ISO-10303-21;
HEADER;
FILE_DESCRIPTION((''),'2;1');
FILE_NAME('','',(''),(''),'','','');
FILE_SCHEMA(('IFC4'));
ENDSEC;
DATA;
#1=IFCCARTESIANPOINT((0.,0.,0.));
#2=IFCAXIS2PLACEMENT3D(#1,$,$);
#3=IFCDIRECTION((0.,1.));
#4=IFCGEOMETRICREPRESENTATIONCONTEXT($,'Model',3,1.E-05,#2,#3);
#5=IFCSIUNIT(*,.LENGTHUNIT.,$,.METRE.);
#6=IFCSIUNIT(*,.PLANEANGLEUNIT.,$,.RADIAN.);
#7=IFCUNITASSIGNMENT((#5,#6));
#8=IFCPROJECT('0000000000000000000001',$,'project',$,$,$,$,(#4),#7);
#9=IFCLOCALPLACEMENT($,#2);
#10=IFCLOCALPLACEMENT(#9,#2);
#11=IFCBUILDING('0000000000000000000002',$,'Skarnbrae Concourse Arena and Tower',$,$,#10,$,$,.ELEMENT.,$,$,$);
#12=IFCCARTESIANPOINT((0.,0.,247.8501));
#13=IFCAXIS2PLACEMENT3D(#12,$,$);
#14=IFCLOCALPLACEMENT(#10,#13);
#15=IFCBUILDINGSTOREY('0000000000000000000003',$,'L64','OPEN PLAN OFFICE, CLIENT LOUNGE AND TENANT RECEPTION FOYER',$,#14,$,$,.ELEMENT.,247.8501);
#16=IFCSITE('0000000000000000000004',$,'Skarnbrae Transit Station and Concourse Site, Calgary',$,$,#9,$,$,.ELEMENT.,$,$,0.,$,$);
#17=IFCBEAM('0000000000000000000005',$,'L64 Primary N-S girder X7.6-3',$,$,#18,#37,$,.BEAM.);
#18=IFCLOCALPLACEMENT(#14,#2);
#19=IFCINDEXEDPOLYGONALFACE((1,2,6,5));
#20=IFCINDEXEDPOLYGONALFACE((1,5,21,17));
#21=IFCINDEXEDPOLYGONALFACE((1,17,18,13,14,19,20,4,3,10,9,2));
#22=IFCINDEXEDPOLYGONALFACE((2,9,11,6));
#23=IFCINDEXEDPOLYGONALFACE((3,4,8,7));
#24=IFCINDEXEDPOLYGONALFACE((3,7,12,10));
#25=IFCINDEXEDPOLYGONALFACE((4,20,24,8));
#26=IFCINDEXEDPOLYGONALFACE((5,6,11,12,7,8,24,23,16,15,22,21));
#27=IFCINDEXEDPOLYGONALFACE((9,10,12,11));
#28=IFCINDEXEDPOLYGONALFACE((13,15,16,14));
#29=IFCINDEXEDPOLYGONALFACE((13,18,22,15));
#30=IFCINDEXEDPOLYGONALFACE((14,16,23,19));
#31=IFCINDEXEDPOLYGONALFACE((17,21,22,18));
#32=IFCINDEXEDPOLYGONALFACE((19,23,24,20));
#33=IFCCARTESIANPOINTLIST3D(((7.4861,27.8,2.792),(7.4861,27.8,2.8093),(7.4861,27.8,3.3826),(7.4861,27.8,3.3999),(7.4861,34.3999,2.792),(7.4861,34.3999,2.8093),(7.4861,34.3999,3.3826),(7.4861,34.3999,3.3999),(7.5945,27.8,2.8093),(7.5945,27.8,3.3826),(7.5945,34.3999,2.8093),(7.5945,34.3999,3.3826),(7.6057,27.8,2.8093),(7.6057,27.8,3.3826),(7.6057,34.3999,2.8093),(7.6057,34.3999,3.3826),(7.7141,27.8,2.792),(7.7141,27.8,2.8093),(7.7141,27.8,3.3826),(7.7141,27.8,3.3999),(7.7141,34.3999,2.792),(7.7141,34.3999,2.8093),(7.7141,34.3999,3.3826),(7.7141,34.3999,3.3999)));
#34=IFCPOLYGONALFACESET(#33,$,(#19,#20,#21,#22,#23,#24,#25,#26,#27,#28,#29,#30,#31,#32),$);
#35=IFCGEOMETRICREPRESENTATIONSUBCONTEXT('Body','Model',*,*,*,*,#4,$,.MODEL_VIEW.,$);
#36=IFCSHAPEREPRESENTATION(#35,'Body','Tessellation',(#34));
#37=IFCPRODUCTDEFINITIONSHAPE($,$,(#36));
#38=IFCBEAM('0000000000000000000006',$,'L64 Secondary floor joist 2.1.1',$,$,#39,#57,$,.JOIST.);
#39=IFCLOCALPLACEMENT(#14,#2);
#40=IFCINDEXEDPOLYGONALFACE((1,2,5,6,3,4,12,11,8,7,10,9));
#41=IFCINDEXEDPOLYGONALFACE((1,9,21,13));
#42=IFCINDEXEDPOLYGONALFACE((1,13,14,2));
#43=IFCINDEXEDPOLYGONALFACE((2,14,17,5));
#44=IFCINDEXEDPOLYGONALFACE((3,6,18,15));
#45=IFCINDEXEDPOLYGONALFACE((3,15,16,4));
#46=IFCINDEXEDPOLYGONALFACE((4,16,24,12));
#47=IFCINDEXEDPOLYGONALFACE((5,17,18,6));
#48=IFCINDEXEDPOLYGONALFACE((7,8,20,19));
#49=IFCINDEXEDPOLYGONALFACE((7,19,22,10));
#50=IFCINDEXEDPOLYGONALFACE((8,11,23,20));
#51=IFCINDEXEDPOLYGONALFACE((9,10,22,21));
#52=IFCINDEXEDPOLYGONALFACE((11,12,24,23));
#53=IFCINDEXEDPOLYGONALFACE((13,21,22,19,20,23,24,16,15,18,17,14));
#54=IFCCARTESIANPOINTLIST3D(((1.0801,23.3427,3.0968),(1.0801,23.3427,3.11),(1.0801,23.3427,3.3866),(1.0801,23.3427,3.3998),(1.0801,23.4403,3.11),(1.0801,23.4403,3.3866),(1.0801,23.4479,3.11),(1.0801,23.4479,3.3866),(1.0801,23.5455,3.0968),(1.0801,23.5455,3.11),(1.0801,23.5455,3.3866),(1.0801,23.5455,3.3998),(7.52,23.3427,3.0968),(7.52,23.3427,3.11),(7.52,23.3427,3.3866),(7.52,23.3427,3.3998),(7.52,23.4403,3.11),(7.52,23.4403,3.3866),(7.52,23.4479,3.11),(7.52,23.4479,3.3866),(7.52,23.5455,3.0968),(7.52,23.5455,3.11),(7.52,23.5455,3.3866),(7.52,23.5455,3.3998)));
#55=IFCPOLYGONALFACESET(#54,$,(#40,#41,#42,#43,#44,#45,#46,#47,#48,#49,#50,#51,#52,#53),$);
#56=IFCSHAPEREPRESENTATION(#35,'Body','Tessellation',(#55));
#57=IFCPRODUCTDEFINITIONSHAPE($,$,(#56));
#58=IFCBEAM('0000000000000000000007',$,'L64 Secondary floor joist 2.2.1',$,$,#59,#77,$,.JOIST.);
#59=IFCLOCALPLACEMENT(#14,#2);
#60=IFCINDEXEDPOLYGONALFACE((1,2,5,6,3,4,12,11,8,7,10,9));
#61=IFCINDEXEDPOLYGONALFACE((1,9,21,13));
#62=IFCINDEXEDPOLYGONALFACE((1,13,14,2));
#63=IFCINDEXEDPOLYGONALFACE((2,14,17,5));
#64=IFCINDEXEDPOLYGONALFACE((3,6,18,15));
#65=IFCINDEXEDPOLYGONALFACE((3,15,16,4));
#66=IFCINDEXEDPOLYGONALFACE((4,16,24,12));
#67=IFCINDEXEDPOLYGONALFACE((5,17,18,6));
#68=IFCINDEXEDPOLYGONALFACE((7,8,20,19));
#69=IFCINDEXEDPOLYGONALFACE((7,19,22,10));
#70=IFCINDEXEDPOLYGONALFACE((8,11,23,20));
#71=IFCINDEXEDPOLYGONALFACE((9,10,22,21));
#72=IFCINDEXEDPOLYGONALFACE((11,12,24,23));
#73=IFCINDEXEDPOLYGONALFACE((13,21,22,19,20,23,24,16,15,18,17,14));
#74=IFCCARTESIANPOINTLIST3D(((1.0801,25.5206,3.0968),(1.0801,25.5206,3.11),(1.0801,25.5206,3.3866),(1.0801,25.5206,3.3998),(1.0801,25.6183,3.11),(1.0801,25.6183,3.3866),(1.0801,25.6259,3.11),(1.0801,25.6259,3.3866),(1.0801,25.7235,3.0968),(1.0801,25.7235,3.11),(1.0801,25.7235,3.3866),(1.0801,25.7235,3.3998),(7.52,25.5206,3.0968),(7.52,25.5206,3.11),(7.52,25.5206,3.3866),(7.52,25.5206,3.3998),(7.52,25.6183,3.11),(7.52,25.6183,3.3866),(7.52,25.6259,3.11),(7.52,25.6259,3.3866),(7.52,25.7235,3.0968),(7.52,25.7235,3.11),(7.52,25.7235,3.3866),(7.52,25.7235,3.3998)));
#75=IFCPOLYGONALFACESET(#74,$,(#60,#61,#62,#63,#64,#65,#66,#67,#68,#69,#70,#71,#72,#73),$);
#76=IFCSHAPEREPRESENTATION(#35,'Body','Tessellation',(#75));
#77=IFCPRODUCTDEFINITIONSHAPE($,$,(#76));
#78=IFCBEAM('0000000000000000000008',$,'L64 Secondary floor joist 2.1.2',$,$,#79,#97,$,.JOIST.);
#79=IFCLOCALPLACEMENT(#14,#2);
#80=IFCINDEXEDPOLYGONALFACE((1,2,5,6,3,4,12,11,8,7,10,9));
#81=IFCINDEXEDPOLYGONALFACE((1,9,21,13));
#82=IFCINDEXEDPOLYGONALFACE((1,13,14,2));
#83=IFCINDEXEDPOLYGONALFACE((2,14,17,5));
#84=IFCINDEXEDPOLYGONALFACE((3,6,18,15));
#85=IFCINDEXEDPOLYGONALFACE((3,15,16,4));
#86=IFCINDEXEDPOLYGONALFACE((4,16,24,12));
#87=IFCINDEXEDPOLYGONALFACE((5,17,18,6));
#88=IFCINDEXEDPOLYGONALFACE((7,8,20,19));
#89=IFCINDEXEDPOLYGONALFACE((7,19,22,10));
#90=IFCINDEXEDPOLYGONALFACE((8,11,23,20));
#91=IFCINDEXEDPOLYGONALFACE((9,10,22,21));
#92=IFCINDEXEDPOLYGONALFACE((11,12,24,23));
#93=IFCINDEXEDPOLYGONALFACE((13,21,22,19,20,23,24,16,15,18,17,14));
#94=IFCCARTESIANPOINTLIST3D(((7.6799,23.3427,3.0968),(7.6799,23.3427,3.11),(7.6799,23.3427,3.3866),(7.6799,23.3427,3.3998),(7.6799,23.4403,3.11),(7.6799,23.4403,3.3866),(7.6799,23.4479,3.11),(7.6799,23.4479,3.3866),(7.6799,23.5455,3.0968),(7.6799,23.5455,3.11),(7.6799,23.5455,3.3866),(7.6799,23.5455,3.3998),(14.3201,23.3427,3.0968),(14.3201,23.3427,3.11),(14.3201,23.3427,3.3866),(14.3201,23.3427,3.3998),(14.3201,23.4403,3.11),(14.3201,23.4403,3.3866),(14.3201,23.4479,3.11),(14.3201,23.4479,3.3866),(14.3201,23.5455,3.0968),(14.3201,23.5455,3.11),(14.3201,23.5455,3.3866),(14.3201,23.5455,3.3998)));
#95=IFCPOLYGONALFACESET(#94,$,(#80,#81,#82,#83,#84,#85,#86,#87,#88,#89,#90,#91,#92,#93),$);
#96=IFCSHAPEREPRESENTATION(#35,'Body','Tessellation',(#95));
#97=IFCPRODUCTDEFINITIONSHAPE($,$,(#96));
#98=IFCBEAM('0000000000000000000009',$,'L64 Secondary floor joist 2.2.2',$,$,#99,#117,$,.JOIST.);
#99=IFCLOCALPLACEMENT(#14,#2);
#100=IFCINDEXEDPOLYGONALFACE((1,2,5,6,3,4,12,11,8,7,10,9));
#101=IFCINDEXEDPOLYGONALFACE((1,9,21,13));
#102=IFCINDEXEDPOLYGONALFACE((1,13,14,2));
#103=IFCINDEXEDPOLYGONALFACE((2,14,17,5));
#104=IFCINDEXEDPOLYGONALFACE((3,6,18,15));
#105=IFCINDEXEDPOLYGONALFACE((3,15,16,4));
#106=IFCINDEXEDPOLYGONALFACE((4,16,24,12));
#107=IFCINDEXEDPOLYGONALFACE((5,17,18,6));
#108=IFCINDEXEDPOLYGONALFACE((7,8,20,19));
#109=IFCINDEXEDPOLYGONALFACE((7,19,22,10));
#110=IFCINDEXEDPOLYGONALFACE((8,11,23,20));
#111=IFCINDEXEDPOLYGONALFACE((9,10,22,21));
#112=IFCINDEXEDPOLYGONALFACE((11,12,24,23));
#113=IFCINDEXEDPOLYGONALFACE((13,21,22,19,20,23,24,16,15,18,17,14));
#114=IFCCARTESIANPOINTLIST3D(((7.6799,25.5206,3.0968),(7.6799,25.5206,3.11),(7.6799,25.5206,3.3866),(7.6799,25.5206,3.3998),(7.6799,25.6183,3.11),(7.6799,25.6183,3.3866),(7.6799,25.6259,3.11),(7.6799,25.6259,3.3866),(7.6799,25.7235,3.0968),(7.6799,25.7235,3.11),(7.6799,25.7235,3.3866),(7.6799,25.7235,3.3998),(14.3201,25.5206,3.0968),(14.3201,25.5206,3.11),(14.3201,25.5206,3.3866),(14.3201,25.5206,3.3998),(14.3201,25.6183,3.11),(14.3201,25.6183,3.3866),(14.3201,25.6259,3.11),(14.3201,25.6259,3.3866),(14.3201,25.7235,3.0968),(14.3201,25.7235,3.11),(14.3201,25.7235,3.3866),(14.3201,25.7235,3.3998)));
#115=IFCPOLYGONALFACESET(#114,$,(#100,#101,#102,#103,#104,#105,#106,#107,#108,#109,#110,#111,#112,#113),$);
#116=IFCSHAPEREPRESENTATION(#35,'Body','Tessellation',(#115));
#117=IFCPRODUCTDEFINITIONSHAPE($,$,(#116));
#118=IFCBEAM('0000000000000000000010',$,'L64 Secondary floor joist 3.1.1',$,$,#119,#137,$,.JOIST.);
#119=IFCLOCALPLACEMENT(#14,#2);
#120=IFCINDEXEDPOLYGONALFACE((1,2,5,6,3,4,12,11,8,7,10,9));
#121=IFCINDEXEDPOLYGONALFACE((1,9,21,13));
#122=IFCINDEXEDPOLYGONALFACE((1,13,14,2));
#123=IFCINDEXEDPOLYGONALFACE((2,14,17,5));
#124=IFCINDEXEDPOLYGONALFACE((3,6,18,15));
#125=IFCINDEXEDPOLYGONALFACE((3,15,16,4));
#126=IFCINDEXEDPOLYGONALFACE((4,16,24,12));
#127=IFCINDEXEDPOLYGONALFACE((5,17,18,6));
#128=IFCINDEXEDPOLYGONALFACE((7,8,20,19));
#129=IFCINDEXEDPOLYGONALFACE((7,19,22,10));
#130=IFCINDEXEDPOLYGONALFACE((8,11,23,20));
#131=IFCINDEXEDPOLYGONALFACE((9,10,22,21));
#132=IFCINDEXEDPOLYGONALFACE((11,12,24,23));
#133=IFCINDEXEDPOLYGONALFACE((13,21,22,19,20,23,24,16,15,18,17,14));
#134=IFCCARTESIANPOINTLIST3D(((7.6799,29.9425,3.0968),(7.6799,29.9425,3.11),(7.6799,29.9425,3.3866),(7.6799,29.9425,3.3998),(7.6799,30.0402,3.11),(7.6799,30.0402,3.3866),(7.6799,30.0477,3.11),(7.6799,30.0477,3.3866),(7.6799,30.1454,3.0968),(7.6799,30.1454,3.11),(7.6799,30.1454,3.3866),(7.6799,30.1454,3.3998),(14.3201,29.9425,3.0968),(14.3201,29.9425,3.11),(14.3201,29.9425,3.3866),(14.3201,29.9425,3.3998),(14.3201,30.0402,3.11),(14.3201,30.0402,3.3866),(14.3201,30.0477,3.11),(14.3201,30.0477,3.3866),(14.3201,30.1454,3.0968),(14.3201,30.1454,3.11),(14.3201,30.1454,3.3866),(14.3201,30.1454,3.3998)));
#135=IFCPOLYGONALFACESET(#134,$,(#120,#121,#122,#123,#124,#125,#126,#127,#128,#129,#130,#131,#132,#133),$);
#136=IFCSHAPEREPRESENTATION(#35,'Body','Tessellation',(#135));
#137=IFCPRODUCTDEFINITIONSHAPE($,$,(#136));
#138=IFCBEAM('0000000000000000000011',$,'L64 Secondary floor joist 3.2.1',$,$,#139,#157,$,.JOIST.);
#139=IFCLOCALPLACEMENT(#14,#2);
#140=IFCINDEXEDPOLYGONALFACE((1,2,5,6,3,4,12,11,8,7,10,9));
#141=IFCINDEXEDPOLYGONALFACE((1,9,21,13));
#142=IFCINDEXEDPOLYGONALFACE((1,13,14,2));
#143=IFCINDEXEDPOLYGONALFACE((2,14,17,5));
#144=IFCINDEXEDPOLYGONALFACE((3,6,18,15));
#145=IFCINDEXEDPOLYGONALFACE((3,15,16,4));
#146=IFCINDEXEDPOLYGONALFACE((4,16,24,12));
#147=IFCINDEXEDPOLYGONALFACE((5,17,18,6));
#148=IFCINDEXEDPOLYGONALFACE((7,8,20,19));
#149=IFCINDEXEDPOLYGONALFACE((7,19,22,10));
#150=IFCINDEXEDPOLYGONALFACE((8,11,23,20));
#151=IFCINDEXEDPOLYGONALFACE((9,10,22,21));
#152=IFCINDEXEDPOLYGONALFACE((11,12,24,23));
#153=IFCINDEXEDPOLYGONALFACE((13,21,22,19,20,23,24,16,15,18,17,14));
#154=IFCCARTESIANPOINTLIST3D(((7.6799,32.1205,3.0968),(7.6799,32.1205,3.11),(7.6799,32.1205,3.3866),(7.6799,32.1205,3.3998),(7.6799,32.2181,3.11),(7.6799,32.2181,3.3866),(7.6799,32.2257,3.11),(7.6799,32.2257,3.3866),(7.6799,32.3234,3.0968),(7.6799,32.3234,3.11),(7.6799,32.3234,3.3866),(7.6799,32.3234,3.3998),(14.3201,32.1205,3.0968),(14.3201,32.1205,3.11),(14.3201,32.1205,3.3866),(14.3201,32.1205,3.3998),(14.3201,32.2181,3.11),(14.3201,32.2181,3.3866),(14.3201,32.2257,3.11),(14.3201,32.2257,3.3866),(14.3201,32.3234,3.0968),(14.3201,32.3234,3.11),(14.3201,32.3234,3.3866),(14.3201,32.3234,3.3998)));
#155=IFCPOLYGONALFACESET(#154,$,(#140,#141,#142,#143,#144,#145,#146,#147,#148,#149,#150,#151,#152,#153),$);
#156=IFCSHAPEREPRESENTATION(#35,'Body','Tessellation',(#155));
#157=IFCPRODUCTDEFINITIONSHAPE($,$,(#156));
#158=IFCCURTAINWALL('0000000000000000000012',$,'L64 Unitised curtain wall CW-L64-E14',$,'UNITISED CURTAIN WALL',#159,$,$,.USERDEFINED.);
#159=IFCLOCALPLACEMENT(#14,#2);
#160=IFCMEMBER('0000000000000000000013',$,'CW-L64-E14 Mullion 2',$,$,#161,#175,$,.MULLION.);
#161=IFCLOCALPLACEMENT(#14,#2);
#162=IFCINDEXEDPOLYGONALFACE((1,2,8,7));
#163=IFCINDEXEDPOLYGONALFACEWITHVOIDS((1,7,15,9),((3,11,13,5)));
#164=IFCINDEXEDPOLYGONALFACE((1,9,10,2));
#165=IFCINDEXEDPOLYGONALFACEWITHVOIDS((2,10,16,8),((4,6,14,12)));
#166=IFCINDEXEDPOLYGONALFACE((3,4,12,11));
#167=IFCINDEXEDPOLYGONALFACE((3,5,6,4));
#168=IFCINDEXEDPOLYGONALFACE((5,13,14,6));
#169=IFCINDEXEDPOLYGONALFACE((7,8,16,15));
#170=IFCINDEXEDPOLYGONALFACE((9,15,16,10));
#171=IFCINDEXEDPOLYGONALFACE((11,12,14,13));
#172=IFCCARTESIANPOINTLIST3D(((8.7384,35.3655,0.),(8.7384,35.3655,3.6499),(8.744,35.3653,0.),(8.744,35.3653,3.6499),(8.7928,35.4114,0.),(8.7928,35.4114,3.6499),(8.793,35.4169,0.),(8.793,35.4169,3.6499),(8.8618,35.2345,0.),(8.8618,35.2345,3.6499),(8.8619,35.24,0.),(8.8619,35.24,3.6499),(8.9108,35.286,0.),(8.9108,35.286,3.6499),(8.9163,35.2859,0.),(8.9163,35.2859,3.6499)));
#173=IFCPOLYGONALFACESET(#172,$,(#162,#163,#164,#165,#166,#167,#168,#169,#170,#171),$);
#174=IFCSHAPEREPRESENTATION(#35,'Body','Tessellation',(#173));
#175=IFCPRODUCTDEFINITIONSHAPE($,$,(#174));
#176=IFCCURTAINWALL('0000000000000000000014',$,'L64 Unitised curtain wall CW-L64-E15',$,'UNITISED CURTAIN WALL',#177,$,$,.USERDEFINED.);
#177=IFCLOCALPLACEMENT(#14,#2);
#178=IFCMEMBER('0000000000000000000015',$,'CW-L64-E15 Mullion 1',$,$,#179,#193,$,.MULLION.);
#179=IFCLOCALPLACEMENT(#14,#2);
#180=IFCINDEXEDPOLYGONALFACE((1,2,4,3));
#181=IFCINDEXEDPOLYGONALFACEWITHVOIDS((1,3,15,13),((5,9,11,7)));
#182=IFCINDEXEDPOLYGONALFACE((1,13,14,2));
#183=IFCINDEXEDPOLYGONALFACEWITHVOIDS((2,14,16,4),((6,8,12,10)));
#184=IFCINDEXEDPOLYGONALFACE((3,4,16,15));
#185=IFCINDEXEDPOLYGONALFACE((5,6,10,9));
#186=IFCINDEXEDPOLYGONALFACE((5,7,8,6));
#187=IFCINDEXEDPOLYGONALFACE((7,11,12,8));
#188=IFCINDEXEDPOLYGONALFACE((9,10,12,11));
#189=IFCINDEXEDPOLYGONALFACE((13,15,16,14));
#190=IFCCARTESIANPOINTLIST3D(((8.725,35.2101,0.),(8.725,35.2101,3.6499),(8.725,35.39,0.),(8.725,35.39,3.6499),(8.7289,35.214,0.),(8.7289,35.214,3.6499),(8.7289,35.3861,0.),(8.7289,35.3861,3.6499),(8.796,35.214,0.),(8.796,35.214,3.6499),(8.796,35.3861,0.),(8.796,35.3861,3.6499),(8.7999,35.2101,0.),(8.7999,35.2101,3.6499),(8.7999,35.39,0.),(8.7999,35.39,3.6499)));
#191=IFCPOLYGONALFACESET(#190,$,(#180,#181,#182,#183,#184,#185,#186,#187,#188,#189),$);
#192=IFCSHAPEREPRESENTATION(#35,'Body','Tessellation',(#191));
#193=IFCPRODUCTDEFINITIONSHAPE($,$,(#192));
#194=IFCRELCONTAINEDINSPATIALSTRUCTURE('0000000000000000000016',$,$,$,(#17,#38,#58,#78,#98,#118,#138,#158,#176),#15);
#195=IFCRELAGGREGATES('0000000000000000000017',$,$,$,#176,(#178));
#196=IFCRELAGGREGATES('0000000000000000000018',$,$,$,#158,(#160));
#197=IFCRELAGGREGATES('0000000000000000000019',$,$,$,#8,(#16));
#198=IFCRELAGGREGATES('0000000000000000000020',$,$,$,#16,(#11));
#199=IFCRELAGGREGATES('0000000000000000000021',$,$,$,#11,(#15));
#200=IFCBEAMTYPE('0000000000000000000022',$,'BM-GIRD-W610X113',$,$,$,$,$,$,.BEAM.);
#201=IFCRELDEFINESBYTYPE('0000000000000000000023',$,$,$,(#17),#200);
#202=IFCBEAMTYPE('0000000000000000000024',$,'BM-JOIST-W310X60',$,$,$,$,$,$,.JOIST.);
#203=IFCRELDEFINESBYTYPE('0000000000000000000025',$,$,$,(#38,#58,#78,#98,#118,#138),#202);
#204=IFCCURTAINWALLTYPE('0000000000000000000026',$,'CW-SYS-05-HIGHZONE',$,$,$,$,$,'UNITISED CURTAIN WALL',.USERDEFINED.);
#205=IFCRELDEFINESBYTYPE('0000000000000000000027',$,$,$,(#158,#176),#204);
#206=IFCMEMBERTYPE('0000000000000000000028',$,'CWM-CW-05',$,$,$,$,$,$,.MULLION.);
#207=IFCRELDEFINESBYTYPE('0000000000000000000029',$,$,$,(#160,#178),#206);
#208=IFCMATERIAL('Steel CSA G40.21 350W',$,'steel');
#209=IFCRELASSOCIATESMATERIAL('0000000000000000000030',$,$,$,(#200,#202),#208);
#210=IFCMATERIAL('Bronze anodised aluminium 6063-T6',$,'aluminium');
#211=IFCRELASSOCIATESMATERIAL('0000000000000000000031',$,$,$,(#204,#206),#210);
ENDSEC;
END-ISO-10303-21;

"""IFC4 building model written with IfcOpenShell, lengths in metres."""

from ifc_helpers import new_model, si_unit, direction, frame, origin, origin_2d, place, context, subcontext, project, spatial, hollow_rectangle, i_section, extrude, source, transform, mapped, material, material_profile, profile_set, type_object, element, aggregate, save


model = new_model("IFC4")

# Units and contexts
model_context = context("Model", 3, precision=1e-05, world=origin(), true_north=direction((0.0, 1.0)))
body_context = subcontext(model_context, "Body", "Model", "MODEL_VIEW")
ifc_project = project(units=[si_unit("LENGTHUNIT", "METRE"), si_unit("PLANEANGLEUNIT", "RADIAN")], contexts=[model_context])

# Site, building, storey
site_placement = place(None, origin())
site = spatial("IfcSite", under=ifc_project, at=site_placement, Name="Skarnbrae Transit Station and Concourse Site, Calgary", CompositionType="ELEMENT", RefElevation=0.0)
building_placement = place(site_placement, origin())
building = spatial("IfcBuilding", under=site, at=building_placement, Name="Skarnbrae Concourse Arena and Tower", CompositionType="ELEMENT")
storey_placement = place(building_placement, frame((0.0, 0.0, 247.8501)))
storey = spatial("IfcBuildingStorey", under=building, at=storey_placement, Name="L64", Description="OPEN PLAN OFFICE, CLIENT LOUNGE AND TENANT RECEPTION FOYER", CompositionType="ELEMENT", Elevation=247.8501)

# Shared definitions
ifc_material_1 = material(Name="Steel CSA G40.21 350W", Category="steel")

# Beams
ifc_material_profile_1 = material_profile(ifc_material_1, i_section(OverallWidth=0.228, OverallDepth=0.6079, WebThickness=0.0112, FlangeThickness=0.0173, at=origin_2d()), Name="W610X113")
ifc_profile_set_1 = profile_set([ifc_material_profile_1], Name="Steel CSA G40.21 350W")
beam_type_1 = type_object("IfcBeamType", Name="BM-GIRD-W610X113", PredefinedType="BEAM", material=ifc_profile_set_1)
shared_shape_1 = source(origin(), body_context, "Body", "SweptSolid", [
    extrude(i_section(OverallWidth=0.228, OverallDepth=0.6079, WebThickness=0.0112, FlangeThickness=0.0173, at=origin_2d()), origin(), (0.0, 0.0, 1.0), 6.5999),
])
beam_1_placement = place(storey_placement, frame((7.6001, 27.8, 3.0959), z_axis=(0.0, 1.0, 0.0), x_axis=(-1.0, 0.0, 0.0)))
element("IfcBeam", 1, at=beam_1_placement, inside=storey, type_object=beam_type_1, Name="L64 Primary N-S girder X7.6-3", PredefinedType="BEAM", context=body_context, shape_type="MappedRepresentation", body=[
    mapped(shared_shape_1, transform((0.0, 0.0, 0.0))),
])
ifc_material_profile_2 = material_profile(ifc_material_1, i_section(OverallWidth=0.2029, OverallDepth=0.303, WebThickness=0.0076, FlangeThickness=0.0132, at=origin_2d()), Name="W310X60")
ifc_profile_set_2 = profile_set([ifc_material_profile_2], Name="Steel CSA G40.21 350W")
beam_type_2 = type_object("IfcBeamType", Name="BM-JOIST-W310X60", PredefinedType="JOIST", material=ifc_profile_set_2)
shared_shape_2 = source(origin(), body_context, "Body", "SweptSolid", [
    extrude(i_section(OverallWidth=0.2029, OverallDepth=0.303, WebThickness=0.0076, FlangeThickness=0.0132, at=origin_2d()), origin(), (0.0, 0.0, 1.0), 6.4399),
])
for number, where, z_axis, x_axis, name in (
    (2, (1.0801, 23.4441, 3.2483), (1.0, 0.0, 0.0), (0.0, 1.0, 0.0), "L64 Secondary floor joist 2.1.1"),
    (3, (1.0801, 25.6221, 3.2483), (1.0, 0.0, 0.0), (0.0, 1.0, 0.0), "L64 Secondary floor joist 2.2.1"),
):
    element("IfcBeam", number, at=place(storey_placement, frame(where, z_axis=z_axis, x_axis=x_axis)), inside=storey, type_object=beam_type_2, Name=name, PredefinedType="JOIST", context=body_context, shape_type="MappedRepresentation", body=[
        mapped(shared_shape_2, transform((0.0, 0.0, 0.0))),
    ])
shared_shape_3 = source(origin(), body_context, "Body", "SweptSolid", [
    extrude(i_section(OverallWidth=0.2029, OverallDepth=0.303, WebThickness=0.0076, FlangeThickness=0.0132, at=origin_2d()), origin(), (0.0, 0.0, 1.0), 6.6401),
])
for number, where, z_axis, x_axis, name in (
    (4, (7.6799, 23.4441, 3.2483), (1.0, 0.0, 0.0), (0.0, 1.0, 0.0), "L64 Secondary floor joist 2.1.2"),
    (5, (7.6799, 25.6221, 3.2483), (1.0, 0.0, 0.0), (0.0, 1.0, 0.0), "L64 Secondary floor joist 2.2.2"),
    (6, (7.6799, 30.0439, 3.2483), (1.0, 0.0, 0.0), (0.0, 1.0, 0.0), "L64 Secondary floor joist 3.1.1"),
    (7, (7.6799, 32.2219, 3.2483), (1.0, 0.0, 0.0), (0.0, 1.0, 0.0), "L64 Secondary floor joist 3.2.1"),
):
    element("IfcBeam", number, at=place(storey_placement, frame(where, z_axis=z_axis, x_axis=x_axis)), inside=storey, type_object=beam_type_2, Name=name, PredefinedType="JOIST", context=body_context, shape_type="MappedRepresentation", body=[
        mapped(shared_shape_3, transform((0.0, 0.0, 0.0))),
    ])

# Curtain wall, member
ifc_material_2 = material(Name="Bronze anodised aluminium 6063-T6", Category="aluminium")
curtain_wall_type = type_object("IfcCurtainWallType", Name="CW-SYS-05-HIGHZONE", ElementType="UNITISED CURTAIN WALL", PredefinedType="USERDEFINED", material=ifc_material_2)
curtain_wall_1_placement = place(storey_placement, origin())
curtain_wall_1 = element("IfcCurtainWall", 8, at=curtain_wall_1_placement, inside=storey, type_object=curtain_wall_type, Name="L64 Unitised curtain wall CW-L64-E14", ObjectType="UNITISED CURTAIN WALL", PredefinedType="USERDEFINED")
ifc_material_profile_3 = material_profile(ifc_material_2, hollow_rectangle(XDim=0.075, YDim=0.1799, WallThickness=0.0039, at=origin_2d()), Name="ALU-MULL-75X180")
ifc_profile_set_3 = profile_set([ifc_material_profile_3], Name="Bronze anodised aluminium 6063-T6")
member_type_1 = type_object("IfcMemberType", Name="CWM-CW-05", PredefinedType="MULLION", material=ifc_profile_set_3)
shared_shape_4 = source(origin(), body_context, "Body", "SweptSolid", [
    extrude(hollow_rectangle(XDim=0.075, YDim=0.1799, WallThickness=0.0039, at=origin_2d()), origin(), (0.0, 0.0, 1.0), 3.6499),
])
member_1_placement = place(storey_placement, frame((8.8274, 35.3257, 0.0), z_axis=(0.0, 0.0, 1.0), x_axis=(-0.728131, -0.685438, 0.0)))
member_1 = element("IfcMember", 9, at=member_1_placement, type_object=member_type_1, Name="CW-L64-E14 Mullion 2", PredefinedType="MULLION", context=body_context, shape_type="MappedRepresentation", body=[
    mapped(shared_shape_4, transform((0.0, 0.0, 0.0))),
])

# Curtain wall, member
curtain_wall_2_placement = place(storey_placement, origin())
curtain_wall_2 = element("IfcCurtainWall", 10, at=curtain_wall_2_placement, inside=storey, type_object=curtain_wall_type, Name="L64 Unitised curtain wall CW-L64-E15", ObjectType="UNITISED CURTAIN WALL", PredefinedType="USERDEFINED")
member_2_placement = place(storey_placement, frame((8.7625, 35.3, 0.0), z_axis=(0.0, 0.0, 1.0), x_axis=(-1.0, 0.0, 0.0)))
member_2 = element("IfcMember", 11, at=member_2_placement, type_object=member_type_1, Name="CW-L64-E15 Mullion 1", PredefinedType="MULLION", context=body_context, shape_type="MappedRepresentation", body=[
    mapped(shared_shape_4, transform((0.0, 0.0, 0.0))),
])

aggregate(curtain_wall_2, [member_2])
aggregate(curtain_wall_1, [member_1])

save(model, "model.ifc")
